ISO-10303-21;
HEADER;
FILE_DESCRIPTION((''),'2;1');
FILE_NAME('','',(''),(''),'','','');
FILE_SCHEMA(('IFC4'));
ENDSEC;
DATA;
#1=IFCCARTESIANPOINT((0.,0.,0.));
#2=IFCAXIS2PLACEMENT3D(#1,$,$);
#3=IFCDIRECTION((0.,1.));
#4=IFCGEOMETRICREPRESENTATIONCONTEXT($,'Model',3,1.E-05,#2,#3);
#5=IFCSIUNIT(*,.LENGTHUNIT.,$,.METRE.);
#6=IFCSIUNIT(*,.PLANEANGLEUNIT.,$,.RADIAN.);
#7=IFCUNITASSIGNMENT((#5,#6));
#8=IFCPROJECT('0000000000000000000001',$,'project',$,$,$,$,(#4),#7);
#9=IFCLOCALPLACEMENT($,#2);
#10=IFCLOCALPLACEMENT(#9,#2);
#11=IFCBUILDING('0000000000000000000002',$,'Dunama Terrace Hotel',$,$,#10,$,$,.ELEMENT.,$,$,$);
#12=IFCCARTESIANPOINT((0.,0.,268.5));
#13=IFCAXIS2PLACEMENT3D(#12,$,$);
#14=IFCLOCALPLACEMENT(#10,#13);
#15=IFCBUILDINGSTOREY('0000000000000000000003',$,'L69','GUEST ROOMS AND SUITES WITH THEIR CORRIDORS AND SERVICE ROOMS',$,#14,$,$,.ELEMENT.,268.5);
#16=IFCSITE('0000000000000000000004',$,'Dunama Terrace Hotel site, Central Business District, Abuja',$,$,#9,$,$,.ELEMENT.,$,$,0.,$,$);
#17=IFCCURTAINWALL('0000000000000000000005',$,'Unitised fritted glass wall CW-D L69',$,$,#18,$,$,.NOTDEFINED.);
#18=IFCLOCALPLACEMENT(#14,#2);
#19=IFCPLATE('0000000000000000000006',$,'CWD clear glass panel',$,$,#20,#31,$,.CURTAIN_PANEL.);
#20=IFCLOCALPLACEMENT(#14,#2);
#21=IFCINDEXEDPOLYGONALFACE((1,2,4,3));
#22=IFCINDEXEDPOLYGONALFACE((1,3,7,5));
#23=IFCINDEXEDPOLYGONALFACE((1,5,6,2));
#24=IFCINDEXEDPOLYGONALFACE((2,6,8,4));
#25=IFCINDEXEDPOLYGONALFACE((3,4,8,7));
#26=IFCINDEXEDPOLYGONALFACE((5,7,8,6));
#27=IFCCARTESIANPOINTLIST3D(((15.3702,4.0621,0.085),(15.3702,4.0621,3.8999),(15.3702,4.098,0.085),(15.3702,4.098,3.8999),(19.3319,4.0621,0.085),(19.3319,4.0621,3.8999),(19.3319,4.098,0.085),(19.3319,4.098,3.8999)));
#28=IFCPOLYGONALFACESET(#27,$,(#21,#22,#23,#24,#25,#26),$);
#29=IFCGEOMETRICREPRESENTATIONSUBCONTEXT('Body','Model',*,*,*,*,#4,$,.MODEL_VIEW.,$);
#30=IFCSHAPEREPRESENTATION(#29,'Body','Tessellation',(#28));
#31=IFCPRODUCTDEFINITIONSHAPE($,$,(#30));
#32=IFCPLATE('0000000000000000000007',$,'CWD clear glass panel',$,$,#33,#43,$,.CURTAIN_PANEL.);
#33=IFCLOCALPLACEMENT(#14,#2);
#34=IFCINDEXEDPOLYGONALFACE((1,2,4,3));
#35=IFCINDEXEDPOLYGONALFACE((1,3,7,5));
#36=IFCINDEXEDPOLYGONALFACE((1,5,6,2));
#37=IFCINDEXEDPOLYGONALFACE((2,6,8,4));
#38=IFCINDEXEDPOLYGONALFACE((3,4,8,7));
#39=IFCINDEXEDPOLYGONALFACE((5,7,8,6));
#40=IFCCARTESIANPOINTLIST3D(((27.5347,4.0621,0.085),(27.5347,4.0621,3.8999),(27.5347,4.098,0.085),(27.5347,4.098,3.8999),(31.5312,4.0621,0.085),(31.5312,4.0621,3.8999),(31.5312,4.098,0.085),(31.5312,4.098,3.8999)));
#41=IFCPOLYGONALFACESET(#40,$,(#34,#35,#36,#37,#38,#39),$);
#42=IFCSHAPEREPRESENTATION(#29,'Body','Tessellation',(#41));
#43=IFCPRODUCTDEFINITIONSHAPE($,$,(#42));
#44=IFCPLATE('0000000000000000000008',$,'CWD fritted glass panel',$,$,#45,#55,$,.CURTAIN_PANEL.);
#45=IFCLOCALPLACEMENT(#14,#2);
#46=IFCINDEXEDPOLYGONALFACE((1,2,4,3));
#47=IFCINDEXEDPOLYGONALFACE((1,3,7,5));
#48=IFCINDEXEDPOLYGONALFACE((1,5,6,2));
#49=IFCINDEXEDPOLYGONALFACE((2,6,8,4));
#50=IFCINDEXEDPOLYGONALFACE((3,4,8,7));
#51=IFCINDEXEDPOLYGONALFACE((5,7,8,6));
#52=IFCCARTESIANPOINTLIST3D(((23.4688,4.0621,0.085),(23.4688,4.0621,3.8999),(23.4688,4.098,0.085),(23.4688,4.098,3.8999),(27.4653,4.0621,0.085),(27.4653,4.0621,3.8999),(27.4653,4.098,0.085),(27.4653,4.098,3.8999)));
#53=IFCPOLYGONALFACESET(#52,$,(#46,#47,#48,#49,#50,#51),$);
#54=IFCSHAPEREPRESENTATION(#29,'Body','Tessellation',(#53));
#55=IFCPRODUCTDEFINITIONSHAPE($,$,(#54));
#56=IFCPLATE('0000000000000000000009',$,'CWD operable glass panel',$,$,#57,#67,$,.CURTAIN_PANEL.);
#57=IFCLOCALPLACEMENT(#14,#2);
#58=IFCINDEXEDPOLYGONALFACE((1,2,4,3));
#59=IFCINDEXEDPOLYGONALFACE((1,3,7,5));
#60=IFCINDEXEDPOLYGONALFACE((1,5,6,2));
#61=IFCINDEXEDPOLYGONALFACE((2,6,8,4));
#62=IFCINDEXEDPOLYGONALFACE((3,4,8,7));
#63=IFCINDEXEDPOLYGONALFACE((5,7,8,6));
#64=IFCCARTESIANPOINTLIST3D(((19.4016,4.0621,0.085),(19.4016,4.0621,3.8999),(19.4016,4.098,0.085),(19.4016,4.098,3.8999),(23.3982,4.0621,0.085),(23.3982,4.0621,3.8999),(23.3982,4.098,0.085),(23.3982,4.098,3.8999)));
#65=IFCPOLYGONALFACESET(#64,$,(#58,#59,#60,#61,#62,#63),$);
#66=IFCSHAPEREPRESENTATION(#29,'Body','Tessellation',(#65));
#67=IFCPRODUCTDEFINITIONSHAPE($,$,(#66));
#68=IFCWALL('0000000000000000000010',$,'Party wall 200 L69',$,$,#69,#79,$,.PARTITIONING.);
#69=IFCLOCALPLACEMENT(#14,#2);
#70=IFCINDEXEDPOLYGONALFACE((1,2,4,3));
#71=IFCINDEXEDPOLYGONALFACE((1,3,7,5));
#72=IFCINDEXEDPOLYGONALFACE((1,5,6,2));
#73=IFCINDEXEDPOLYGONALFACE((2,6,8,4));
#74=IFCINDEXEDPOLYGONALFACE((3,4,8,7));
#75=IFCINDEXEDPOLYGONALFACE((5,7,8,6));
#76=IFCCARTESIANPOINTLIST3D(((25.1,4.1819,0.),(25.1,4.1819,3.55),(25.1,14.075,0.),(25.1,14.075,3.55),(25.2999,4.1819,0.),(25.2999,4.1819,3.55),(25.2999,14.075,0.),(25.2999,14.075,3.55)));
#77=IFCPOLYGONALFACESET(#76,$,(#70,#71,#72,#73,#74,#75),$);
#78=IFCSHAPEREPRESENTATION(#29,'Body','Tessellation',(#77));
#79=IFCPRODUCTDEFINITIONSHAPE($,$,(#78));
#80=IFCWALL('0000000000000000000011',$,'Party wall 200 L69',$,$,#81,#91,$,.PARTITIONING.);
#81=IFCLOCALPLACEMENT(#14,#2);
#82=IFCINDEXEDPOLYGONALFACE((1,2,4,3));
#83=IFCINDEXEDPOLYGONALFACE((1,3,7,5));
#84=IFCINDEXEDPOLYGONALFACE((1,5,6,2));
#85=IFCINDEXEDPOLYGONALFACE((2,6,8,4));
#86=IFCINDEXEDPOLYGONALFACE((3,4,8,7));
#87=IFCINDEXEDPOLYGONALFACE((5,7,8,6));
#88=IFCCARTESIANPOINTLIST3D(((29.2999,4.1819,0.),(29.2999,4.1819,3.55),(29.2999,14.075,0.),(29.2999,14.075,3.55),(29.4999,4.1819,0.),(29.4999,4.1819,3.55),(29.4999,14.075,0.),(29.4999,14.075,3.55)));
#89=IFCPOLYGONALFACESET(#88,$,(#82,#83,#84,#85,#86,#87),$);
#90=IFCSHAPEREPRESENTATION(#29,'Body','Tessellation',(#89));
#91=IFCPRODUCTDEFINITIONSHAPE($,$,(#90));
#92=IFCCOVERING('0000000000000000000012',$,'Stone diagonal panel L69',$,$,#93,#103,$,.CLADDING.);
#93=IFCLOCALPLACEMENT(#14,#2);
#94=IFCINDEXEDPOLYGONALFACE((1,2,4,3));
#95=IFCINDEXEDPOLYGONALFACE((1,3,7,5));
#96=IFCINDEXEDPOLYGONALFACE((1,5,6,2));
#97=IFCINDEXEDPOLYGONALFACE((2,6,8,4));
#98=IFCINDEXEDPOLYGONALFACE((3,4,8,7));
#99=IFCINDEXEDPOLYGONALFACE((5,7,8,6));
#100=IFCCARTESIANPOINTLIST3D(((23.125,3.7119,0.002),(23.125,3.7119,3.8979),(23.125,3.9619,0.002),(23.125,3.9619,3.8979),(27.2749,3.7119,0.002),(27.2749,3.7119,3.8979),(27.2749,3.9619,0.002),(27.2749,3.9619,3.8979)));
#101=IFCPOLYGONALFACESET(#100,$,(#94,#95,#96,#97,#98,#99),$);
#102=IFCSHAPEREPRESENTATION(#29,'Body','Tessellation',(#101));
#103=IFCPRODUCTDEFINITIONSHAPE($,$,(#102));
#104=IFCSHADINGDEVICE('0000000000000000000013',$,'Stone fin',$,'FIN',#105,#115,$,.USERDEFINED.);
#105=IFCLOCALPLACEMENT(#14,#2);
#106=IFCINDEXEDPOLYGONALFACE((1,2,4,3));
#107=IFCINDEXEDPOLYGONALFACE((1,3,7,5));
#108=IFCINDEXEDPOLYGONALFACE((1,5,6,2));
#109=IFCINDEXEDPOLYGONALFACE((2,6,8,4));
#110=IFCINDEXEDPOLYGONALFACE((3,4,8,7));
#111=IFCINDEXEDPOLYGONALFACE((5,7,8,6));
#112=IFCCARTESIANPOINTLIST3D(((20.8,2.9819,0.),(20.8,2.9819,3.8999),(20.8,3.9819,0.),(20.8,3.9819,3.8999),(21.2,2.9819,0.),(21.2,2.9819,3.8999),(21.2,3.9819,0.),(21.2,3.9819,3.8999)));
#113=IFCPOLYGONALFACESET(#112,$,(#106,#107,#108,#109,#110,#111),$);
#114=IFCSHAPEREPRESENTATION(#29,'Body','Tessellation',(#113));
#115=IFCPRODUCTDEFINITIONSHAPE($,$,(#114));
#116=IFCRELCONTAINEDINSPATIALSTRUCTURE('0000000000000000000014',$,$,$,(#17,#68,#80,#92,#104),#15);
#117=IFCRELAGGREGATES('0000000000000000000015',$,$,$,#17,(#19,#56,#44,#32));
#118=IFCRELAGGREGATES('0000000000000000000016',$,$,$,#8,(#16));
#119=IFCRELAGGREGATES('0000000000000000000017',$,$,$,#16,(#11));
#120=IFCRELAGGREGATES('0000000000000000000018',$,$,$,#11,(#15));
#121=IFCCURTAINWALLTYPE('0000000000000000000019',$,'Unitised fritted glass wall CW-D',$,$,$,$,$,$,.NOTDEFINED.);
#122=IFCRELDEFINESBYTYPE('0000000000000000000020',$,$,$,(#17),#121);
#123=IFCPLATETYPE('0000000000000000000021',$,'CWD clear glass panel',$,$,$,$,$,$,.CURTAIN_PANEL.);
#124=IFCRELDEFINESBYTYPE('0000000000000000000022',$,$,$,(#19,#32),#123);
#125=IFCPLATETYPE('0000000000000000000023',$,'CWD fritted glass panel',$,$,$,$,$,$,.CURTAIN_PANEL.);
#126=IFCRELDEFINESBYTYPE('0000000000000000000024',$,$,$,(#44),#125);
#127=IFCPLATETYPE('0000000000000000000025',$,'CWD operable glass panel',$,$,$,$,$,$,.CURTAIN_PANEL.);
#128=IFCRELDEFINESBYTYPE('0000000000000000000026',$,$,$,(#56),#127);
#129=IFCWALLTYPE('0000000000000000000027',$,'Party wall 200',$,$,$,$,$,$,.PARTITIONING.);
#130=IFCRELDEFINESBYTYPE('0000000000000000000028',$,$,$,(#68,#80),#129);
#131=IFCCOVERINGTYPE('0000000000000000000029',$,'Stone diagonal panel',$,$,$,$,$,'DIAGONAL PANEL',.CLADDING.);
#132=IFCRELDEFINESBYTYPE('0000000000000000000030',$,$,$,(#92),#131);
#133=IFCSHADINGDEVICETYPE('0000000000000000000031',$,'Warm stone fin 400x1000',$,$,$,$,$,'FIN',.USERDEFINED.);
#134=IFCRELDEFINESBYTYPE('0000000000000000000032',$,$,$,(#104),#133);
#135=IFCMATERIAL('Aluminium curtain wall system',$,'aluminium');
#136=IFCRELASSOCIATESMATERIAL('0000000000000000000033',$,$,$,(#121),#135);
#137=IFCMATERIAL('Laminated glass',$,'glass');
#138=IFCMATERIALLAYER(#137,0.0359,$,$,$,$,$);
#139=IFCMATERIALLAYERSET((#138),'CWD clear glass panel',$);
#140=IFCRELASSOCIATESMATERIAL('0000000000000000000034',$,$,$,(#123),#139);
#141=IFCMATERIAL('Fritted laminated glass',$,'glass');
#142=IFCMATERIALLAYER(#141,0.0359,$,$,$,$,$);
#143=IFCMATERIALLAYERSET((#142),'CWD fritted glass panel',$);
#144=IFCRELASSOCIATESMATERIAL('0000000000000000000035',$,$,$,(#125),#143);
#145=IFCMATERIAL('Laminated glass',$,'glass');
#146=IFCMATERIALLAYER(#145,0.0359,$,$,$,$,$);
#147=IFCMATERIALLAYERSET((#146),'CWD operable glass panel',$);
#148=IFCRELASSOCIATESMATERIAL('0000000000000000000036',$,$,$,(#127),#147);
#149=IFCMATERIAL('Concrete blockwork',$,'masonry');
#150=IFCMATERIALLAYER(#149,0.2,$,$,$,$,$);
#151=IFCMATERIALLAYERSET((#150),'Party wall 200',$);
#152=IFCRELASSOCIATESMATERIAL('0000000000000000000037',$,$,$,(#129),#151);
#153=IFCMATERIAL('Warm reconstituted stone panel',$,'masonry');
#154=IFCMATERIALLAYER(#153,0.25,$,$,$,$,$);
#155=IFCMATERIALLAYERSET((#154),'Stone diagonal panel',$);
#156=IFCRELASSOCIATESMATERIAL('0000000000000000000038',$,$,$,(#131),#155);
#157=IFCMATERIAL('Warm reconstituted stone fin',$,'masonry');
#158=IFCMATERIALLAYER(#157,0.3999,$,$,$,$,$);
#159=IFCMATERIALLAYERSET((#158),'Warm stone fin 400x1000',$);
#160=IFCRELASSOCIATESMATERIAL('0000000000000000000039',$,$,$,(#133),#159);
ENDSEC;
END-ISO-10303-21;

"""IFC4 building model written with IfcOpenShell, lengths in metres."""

from ifc_helpers import new_model, si_unit, direction, frame, frame_2d, origin, origin_2d, place, context, subcontext, project, spatial, rectangle, extrude, material, layer, layer_set, type_object, element, aggregate, save


model = new_model("IFC4")

# Units and contexts
model_context = context("Model", 3, precision=1e-05, world=origin(), true_north=direction((0.0, 1.0)))
body_context = subcontext(model_context, "Body", "Model", "MODEL_VIEW")
ifc_project = project(units=[si_unit("LENGTHUNIT", "METRE"), si_unit("PLANEANGLEUNIT", "RADIAN")], contexts=[model_context])

# Site, building, storey
site_placement = place(None, origin())
site = spatial("IfcSite", under=ifc_project, at=site_placement, Name="Dunama Terrace Hotel site, Central Business District, Abuja", CompositionType="ELEMENT", RefElevation=0.0)
building_placement = place(site_placement, origin())
building = spatial("IfcBuilding", under=site, at=building_placement, Name="Dunama Terrace Hotel", CompositionType="ELEMENT")
storey_placement = place(building_placement, frame((0.0, 0.0, 268.5)))
storey = spatial("IfcBuildingStorey", under=building, at=storey_placement, Name="L69", Description="GUEST ROOMS AND SUITES WITH THEIR CORRIDORS AND SERVICE ROOMS", CompositionType="ELEMENT", Elevation=268.5)

# Curtain wall
ifc_material_1 = material(Name="Aluminium curtain wall system", Category="aluminium")
curtain_wall_type = type_object("IfcCurtainWallType", Name="Unitised fritted glass wall CW-D", PredefinedType="NOTDEFINED", material=ifc_material_1)
curtain_wall_placement = place(storey_placement, origin())
curtain_wall = element("IfcCurtainWall", 1, at=curtain_wall_placement, inside=storey, type_object=curtain_wall_type, Name="Unitised fritted glass wall CW-D L69", PredefinedType="NOTDEFINED")

# Plates
ifc_material_2 = material(Name="Laminated glass", Category="glass")
ifc_layer_1 = layer(ifc_material_2, 0.0359)
ifc_layer_set_1 = layer_set([ifc_layer_1], Name="CWD clear glass panel")
plate_type_1 = type_object("IfcPlateType", Name="CWD clear glass panel", PredefinedType="CURTAIN_PANEL", material=ifc_layer_set_1)
plate_1_placement = place(storey_placement, frame((17.3511, 4.0801, 0.085), z_axis=(0.0, 0.0, 1.0), x_axis=(1.0, 0.0, 0.0)))
plate_1 = element("IfcPlate", 2, at=plate_1_placement, type_object=plate_type_1, Name="CWD clear glass panel", PredefinedType="CURTAIN_PANEL", context=body_context, shape_type="SweptSolid", body=[
    extrude(rectangle(XDim=3.9617, YDim=0.0359, at=origin_2d()), origin(), (0.0, 0.0, 1.0), 3.8149),
])
plate_2_placement = place(storey_placement, frame((29.533, 4.0801, 0.085), z_axis=(0.0, 0.0, 1.0), x_axis=(1.0, 0.0, 0.0)))
plate_2 = element("IfcPlate", 3, at=plate_2_placement, type_object=plate_type_1, Name="CWD clear glass panel", PredefinedType="CURTAIN_PANEL", context=body_context, shape_type="SweptSolid", body=[
    extrude(rectangle(XDim=3.9966, YDim=0.0359, at=origin_2d()), origin(), (0.0, 0.0, 1.0), 3.8149),
])
ifc_material_3 = material(Name="Fritted laminated glass", Category="glass")
ifc_layer_2 = layer(ifc_material_3, 0.0359)
ifc_layer_set_2 = layer_set([ifc_layer_2], Name="CWD fritted glass panel")
plate_type_2 = type_object("IfcPlateType", Name="CWD fritted glass panel", PredefinedType="CURTAIN_PANEL", material=ifc_layer_set_2)
plate_3_placement = place(storey_placement, frame((25.467, 4.0801, 0.085), z_axis=(0.0, 0.0, 1.0), x_axis=(1.0, 0.0, 0.0)))
plate_3 = element("IfcPlate", 4, at=plate_3_placement, type_object=plate_type_2, Name="CWD fritted glass panel", PredefinedType="CURTAIN_PANEL", context=body_context, shape_type="SweptSolid", body=[
    extrude(rectangle(XDim=3.9966, YDim=0.0359, at=origin_2d()), origin(), (0.0, 0.0, 1.0), 3.8149),
])
ifc_material_4 = material(Name="Laminated glass", Category="glass")
ifc_layer_3 = layer(ifc_material_4, 0.0359)
ifc_layer_set_3 = layer_set([ifc_layer_3], Name="CWD operable glass panel")
plate_type_3 = type_object("IfcPlateType", Name="CWD operable glass panel", PredefinedType="CURTAIN_PANEL", material=ifc_layer_set_3)
plate_4_placement = place(storey_placement, frame((21.3999, 4.0801, 0.085), z_axis=(0.0, 0.0, 1.0), x_axis=(1.0, 0.0, 0.0)))
plate_4 = element("IfcPlate", 5, at=plate_4_placement, type_object=plate_type_3, Name="CWD operable glass panel", PredefinedType="CURTAIN_PANEL", context=body_context, shape_type="SweptSolid", body=[
    extrude(rectangle(XDim=3.9966, YDim=0.0359, at=origin_2d()), origin(), (0.0, 0.0, 1.0), 3.8149),
])
aggregate(curtain_wall, [plate_1, plate_4, plate_3, plate_2])

# Walls
ifc_material_5 = material(Name="Concrete blockwork", Category="masonry")
ifc_layer_4 = layer(ifc_material_5, 0.2)
ifc_layer_set_4 = layer_set([ifc_layer_4], Name="Party wall 200")
wall_type = type_object("IfcWallType", Name="Party wall 200", PredefinedType="PARTITIONING", material=ifc_layer_set_4)
for number, where, z_axis, x_axis, name in (
    (6, (25.2, 4.1819, 0.0), (0.0, 0.0, 1.0), (0.0, 1.0, 0.0), "Party wall 200 L69"),
    (7, (29.3999, 4.1819, 0.0), (0.0, 0.0, 1.0), (0.0, 1.0, 0.0), "Party wall 200 L69"),
):
    element("IfcWall", number, at=place(storey_placement, frame(where, z_axis=z_axis, x_axis=x_axis)), inside=storey, type_object=wall_type, Name=name, PredefinedType="PARTITIONING", context=body_context, shape_type="SweptSolid", body=[
        extrude(rectangle(XDim=9.8931, YDim=0.2, at=frame_2d((4.9465, 0.0))), origin(), (0.0, 0.0, 1.0), 3.55),
    ])

# Covering
ifc_material_6 = material(Name="Warm reconstituted stone panel", Category="masonry")
ifc_layer_5 = layer(ifc_material_6, 0.25)
ifc_layer_set_5 = layer_set([ifc_layer_5], Name="Stone diagonal panel")
covering_type = type_object("IfcCoveringType", Name="Stone diagonal panel", ElementType="DIAGONAL PANEL", PredefinedType="CLADDING", material=ifc_layer_set_5)
covering_placement = place(storey_placement, frame((25.2, 3.8369, 0.002), z_axis=(0.0, 0.0, 1.0), x_axis=(1.0, 0.0, 0.0)))
element("IfcCovering", 8, at=covering_placement, inside=storey, type_object=covering_type, Name="Stone diagonal panel L69", PredefinedType="CLADDING", context=body_context, shape_type="SweptSolid", body=[
    extrude(rectangle(XDim=4.1499, YDim=0.25, at=origin_2d()), origin(), (0.0, 0.0, 1.0), 3.896),
])

# Shading device
ifc_material_7 = material(Name="Warm reconstituted stone fin", Category="masonry")
ifc_layer_6 = layer(ifc_material_7, 0.3999)
ifc_layer_set_6 = layer_set([ifc_layer_6], Name="Warm stone fin 400x1000")
shading_device_type = type_object("IfcShadingDeviceType", Name="Warm stone fin 400x1000", ElementType="FIN", PredefinedType="USERDEFINED", material=ifc_layer_set_6)
shading_device_placement = place(storey_placement, frame((21.0, 3.4819, 0.0), z_axis=(0.0, 0.0, 1.0), x_axis=(1.0, 0.0, 0.0)))
element("IfcShadingDevice", 9, at=shading_device_placement, inside=storey, type_object=shading_device_type, Name="Stone fin", ObjectType="FIN", PredefinedType="USERDEFINED", context=body_context, shape_type="SweptSolid", body=[
    extrude(rectangle(XDim=0.3999, YDim=1.0, at=origin_2d()), origin(), (0.0, 0.0, 1.0), 3.8999),
])

save(model, "model.ifc")
